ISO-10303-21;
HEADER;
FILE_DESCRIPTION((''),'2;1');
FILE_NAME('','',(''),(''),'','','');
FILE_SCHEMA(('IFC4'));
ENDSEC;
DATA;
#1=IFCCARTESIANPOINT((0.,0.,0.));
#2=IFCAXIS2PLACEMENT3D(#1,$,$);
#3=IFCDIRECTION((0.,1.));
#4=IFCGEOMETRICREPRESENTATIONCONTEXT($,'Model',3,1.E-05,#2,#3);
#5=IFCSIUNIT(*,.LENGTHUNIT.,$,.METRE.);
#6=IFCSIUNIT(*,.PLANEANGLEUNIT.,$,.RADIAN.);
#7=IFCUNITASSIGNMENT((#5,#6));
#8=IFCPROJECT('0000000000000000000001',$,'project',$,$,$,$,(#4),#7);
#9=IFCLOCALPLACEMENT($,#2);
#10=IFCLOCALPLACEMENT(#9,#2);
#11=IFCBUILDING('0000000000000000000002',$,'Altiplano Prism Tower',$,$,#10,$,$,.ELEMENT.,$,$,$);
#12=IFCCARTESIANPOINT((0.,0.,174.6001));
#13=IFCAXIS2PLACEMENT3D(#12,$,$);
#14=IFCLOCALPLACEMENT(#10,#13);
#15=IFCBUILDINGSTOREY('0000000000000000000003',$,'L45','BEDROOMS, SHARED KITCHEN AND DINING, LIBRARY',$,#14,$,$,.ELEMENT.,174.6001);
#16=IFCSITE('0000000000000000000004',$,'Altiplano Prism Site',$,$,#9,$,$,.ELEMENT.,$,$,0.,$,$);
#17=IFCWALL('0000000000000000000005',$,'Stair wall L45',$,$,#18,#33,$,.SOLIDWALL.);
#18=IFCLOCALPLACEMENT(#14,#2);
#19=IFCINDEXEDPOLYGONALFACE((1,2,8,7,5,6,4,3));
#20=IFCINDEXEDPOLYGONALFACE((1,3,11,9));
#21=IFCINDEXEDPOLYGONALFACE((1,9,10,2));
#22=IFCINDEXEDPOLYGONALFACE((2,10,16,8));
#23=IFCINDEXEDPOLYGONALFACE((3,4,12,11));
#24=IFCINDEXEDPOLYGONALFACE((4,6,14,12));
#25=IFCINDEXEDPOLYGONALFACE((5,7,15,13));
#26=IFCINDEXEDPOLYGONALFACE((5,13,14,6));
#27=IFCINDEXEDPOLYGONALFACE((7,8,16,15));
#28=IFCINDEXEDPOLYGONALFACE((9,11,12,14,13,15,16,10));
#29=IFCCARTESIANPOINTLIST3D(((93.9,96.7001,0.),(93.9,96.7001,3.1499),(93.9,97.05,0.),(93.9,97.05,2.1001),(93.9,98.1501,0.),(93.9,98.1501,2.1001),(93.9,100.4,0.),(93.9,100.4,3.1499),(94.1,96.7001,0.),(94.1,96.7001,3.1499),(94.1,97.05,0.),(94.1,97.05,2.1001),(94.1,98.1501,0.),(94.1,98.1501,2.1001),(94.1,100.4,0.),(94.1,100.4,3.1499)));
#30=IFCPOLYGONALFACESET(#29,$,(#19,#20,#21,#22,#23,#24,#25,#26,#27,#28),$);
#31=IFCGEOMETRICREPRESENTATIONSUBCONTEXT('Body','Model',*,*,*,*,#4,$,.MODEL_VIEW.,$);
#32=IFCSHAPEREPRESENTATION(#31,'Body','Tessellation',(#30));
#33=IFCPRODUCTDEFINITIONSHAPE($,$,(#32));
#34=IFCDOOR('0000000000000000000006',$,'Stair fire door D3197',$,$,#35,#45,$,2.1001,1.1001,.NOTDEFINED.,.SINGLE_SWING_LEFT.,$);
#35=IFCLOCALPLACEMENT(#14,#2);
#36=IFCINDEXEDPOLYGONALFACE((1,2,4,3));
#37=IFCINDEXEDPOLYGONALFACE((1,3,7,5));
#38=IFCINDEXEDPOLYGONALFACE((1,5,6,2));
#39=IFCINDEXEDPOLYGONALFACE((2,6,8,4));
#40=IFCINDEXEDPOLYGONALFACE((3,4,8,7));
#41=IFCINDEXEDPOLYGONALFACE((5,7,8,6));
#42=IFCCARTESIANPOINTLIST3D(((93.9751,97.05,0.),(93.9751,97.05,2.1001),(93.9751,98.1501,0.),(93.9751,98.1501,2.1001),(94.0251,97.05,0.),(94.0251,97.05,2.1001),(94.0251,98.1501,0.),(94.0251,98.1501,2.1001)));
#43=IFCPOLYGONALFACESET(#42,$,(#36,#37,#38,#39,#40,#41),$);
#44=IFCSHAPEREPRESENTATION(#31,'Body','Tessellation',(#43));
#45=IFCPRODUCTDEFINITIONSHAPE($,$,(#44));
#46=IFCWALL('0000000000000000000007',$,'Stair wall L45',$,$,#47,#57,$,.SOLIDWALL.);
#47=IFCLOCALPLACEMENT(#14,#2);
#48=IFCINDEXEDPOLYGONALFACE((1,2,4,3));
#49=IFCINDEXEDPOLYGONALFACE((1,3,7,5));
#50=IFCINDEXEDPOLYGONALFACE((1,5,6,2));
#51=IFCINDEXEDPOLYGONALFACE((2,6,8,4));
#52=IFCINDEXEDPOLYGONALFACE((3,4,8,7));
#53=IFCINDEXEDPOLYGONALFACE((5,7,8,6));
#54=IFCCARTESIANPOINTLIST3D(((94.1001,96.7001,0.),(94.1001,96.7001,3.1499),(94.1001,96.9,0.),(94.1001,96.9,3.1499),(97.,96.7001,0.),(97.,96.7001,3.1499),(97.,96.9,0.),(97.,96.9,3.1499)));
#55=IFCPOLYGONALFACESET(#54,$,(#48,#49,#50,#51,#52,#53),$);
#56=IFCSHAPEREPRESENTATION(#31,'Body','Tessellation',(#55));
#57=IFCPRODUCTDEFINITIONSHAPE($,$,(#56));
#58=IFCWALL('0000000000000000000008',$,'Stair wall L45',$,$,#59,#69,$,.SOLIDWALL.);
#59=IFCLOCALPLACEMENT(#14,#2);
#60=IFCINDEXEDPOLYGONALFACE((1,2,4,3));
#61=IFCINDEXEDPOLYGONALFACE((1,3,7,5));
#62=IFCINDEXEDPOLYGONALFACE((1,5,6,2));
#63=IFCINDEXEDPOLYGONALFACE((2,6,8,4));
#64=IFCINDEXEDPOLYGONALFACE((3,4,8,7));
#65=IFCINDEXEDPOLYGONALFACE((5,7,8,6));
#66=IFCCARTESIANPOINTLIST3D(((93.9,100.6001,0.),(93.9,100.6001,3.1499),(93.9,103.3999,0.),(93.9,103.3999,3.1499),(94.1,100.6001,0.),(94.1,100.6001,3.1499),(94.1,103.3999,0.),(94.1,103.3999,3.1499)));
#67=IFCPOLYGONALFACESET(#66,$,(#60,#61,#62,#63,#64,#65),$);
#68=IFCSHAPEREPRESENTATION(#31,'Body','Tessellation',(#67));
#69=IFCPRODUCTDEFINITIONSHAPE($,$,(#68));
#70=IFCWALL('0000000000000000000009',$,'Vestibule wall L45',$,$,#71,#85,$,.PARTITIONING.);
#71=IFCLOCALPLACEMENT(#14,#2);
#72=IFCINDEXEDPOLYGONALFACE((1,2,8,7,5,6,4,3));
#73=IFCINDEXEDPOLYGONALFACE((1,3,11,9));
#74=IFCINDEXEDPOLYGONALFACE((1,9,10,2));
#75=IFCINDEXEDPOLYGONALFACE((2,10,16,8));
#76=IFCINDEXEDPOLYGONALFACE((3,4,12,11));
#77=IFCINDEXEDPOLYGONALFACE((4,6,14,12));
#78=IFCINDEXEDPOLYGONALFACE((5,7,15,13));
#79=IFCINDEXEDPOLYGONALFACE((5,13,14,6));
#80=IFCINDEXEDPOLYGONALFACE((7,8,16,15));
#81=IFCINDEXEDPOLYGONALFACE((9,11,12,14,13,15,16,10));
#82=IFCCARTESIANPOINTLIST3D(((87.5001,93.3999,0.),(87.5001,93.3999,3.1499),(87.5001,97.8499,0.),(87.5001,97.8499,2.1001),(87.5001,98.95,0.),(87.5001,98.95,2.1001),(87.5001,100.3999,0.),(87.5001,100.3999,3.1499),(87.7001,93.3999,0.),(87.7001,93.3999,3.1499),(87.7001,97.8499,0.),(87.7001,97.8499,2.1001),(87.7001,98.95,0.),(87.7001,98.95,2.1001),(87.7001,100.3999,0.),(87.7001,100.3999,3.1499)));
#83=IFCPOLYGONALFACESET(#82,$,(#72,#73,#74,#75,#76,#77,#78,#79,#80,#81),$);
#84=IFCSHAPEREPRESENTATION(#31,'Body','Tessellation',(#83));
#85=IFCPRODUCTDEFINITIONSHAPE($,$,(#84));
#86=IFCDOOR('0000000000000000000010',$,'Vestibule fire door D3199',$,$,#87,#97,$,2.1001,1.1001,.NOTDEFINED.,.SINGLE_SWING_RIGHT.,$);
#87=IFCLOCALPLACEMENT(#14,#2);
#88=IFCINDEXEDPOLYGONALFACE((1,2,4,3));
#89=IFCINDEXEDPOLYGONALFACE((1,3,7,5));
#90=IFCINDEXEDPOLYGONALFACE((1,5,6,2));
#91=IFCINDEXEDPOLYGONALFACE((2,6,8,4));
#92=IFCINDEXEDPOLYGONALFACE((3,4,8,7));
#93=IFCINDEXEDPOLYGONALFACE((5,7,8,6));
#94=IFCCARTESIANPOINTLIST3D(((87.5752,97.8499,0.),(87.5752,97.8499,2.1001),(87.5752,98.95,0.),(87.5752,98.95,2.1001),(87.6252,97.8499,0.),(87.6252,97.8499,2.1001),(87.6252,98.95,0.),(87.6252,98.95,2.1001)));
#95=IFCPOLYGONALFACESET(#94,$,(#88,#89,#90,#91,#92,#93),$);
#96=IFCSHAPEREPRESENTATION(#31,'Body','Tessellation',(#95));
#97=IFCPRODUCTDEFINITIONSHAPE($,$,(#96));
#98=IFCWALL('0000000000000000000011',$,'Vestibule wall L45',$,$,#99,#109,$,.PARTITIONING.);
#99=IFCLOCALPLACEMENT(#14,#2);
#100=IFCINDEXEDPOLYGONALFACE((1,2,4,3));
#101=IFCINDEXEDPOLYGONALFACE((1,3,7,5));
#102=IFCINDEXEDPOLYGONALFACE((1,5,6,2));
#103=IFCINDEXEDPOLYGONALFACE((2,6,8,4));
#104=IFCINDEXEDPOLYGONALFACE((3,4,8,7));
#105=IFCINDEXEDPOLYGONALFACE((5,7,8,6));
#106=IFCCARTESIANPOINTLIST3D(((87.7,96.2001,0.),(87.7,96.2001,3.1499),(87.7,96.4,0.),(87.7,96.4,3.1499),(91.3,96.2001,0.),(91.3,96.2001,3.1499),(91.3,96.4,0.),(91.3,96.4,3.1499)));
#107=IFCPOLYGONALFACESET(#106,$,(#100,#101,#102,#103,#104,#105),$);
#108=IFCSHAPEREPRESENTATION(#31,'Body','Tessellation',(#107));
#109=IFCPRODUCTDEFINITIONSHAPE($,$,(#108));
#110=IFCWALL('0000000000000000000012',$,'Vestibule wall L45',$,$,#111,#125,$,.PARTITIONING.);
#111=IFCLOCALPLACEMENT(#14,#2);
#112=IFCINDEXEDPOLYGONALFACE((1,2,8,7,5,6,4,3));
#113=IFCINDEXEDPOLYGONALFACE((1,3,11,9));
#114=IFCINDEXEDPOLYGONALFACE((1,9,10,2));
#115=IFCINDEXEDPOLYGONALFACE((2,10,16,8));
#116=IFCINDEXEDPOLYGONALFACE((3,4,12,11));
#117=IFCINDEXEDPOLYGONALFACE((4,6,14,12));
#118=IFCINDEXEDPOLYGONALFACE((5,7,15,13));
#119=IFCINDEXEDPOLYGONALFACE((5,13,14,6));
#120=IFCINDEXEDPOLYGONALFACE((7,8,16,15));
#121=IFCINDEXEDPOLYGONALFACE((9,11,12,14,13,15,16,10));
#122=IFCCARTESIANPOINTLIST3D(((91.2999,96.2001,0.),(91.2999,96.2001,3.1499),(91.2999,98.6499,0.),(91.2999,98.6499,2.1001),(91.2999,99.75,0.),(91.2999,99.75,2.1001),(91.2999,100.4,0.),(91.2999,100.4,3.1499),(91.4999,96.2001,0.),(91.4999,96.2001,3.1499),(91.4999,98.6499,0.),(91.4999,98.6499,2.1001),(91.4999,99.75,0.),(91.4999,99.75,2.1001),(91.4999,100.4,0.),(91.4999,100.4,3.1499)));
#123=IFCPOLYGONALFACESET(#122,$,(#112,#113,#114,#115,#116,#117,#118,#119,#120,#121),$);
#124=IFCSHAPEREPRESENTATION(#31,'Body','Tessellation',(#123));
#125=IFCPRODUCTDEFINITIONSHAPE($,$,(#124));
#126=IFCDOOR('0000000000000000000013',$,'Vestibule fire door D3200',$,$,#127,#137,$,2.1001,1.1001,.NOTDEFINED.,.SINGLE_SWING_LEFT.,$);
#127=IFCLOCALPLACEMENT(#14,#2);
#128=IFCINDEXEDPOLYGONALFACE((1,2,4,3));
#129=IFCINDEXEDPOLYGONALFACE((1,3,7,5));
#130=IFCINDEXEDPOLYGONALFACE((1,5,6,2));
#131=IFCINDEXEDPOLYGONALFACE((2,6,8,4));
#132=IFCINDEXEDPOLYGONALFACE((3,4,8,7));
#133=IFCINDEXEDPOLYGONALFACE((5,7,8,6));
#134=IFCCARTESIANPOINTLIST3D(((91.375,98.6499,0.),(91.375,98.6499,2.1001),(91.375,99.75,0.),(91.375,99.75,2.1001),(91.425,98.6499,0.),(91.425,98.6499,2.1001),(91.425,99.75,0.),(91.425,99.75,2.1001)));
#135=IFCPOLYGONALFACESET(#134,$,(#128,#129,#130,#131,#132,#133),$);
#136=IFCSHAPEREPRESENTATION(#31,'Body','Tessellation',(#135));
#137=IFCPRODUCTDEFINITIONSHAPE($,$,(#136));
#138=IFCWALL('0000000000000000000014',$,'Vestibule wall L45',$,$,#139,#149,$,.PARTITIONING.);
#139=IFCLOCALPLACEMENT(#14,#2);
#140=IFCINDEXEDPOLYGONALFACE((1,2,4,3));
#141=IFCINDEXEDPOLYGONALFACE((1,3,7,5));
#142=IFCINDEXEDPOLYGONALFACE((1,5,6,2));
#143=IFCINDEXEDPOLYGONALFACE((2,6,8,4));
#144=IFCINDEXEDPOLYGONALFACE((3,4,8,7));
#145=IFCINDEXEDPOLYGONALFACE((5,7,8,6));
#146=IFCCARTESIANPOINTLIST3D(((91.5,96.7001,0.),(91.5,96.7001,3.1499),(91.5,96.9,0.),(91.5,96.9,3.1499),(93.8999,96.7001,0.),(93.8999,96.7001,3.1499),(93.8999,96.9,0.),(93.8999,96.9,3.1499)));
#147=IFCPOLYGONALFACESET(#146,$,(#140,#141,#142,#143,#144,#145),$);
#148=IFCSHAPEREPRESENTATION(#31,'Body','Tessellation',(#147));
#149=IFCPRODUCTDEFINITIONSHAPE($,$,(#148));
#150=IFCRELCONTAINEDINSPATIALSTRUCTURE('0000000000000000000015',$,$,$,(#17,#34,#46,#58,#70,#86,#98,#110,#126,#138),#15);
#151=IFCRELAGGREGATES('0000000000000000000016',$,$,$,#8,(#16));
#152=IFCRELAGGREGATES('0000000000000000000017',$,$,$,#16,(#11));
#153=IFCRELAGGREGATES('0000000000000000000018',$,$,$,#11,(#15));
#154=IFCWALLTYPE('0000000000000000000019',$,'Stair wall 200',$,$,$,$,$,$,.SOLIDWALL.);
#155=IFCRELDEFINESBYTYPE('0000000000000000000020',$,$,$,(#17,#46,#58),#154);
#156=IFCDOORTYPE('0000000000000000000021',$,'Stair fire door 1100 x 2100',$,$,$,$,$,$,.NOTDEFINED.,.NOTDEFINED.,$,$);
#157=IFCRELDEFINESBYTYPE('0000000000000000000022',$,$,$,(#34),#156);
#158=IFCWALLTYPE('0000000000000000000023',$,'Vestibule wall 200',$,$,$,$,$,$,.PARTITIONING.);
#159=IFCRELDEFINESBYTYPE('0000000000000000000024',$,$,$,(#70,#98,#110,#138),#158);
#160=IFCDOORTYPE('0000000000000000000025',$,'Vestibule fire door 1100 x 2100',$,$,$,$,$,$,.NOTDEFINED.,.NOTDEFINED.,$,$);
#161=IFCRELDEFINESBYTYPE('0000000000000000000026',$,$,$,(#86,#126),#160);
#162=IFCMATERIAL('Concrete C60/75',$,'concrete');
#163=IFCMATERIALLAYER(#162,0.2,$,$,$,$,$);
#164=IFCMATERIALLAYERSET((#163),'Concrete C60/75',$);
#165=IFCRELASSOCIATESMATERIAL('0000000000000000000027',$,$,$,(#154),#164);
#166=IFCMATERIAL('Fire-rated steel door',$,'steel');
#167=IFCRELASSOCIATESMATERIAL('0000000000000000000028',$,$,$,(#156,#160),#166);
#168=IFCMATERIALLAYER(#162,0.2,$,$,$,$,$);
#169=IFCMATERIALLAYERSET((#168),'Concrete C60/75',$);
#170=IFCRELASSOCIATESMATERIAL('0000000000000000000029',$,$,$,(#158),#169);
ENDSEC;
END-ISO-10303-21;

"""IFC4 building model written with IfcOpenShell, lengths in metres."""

from ifc_helpers import new_model, si_unit, direction, frame, frame_2d, origin, place, context, subcontext, project, spatial, rectangle, extrude, material, layer, layer_set, type_object, element, fill, save


model = new_model("IFC4")

# Units and contexts
model_context = context("Model", 3, precision=1e-05, world=origin(), true_north=direction((0.0, 1.0)))
body_context = subcontext(model_context, "Body", "Model", "MODEL_VIEW")
ifc_project = project(units=[si_unit("LENGTHUNIT", "METRE"), si_unit("PLANEANGLEUNIT", "RADIAN")], contexts=[model_context])

# Site, building, storey
site_placement = place(None, origin())
site = spatial("IfcSite", under=ifc_project, at=site_placement, Name="Altiplano Prism Site", CompositionType="ELEMENT", RefElevation=0.0)
building_placement = place(site_placement, origin())
building = spatial("IfcBuilding", under=site, at=building_placement, Name="Altiplano Prism Tower", CompositionType="ELEMENT")
storey_placement = place(building_placement, frame((0.0, 0.0, 174.6001)))
storey = spatial("IfcBuildingStorey", under=building, at=storey_placement, Name="L45", Description="BEDROOMS, SHARED KITCHEN AND DINING, LIBRARY", CompositionType="ELEMENT", Elevation=174.6001)

# Shared definitions
ifc_material_1 = material(Name="Concrete C60/75", Category="concrete")

# Wall, opening, door
ifc_layer_1 = layer(ifc_material_1, 0.2)
ifc_layer_set_1 = layer_set([ifc_layer_1], Name="Concrete C60/75")
wall_type_1 = type_object("IfcWallType", Name="Stair wall 200", PredefinedType="SOLIDWALL", material=ifc_layer_set_1)
wall_1_placement = place(storey_placement, frame((94.0, 96.7, 0.0), z_axis=(0.0, 0.0, 1.0), x_axis=(0.0, 1.0, 0.0)))
wall_1 = element("IfcWall", 1, at=wall_1_placement, inside=storey, type_object=wall_type_1, Name="Stair wall L45", PredefinedType="SOLIDWALL", context=body_context, shape_type="SweptSolid", body=[
    extrude(rectangle(XDim=3.7, YDim=0.2, at=frame_2d((1.8501, 0.0))), origin(), (0.0, 0.0, 1.0), 3.1499),
])
opening_1_placement = place(wall_1_placement, frame((0.3501, 0.0, 0.0)))
opening_1 = element("IfcOpeningElement", 2, at=opening_1_placement, cuts=wall_1, PredefinedType="OPENING", context=body_context, shape_type="SweptSolid", body=[
    extrude(rectangle(XDim=1.1001, YDim=2.1001, at=frame_2d((0.55, 1.05))), frame((0.0, 0.1104, 0.0), z_axis=(0.0, -1.0, 0.0), x_axis=(1.0, 0.0, 0.0)), (0.0, 0.0, 1.0), 0.2209),
])
ifc_material_2 = material(Name="Fire-rated steel door", Category="steel")
door_type_1 = type_object("IfcDoorType", Name="Stair fire door 1100 x 2100", OperationType="NOTDEFINED", PredefinedType="NOTDEFINED", material=ifc_material_2)
door_1_placement = place(opening_1_placement, origin())
door_1 = element("IfcDoor", 3, at=door_1_placement, inside=storey, type_object=door_type_1, Name="Stair fire door D3197", OperationType="SINGLE_SWING_LEFT", OverallHeight=2.1001, OverallWidth=1.1001, PredefinedType="NOTDEFINED", context=body_context, shape_type="SweptSolid", body=[
    extrude(rectangle(XDim=1.1001, YDim=2.1001, at=frame_2d((0.55, 1.05))), frame((0.0, 0.0249, 0.0), z_axis=(0.0, -1.0, 0.0), x_axis=(1.0, 0.0, 0.0)), (0.0, 0.0, 1.0), 0.05),
])
fill(opening_1, door_1)

# Walls
wall_2_placement = place(storey_placement, frame((94.1001, 96.8, 0.0), z_axis=(0.0, 0.0, 1.0), x_axis=(1.0, 0.0, 0.0)))
element("IfcWall", 4, at=wall_2_placement, inside=storey, type_object=wall_type_1, Name="Stair wall L45", PredefinedType="SOLIDWALL", context=body_context, shape_type="SweptSolid", body=[
    extrude(rectangle(XDim=2.8999, YDim=0.2, at=frame_2d((1.45, 0.0))), origin(), (0.0, 0.0, 1.0), 3.1499),
])
wall_3_placement = place(storey_placement, frame((94.0, 100.6001, 0.0), z_axis=(0.0, 0.0, 1.0), x_axis=(0.0, 1.0, 0.0)))
element("IfcWall", 5, at=wall_3_placement, inside=storey, type_object=wall_type_1, Name="Stair wall L45", PredefinedType="SOLIDWALL", context=body_context, shape_type="SweptSolid", body=[
    extrude(rectangle(XDim=2.7998, YDim=0.2, at=frame_2d((1.3999, 0.0))), origin(), (0.0, 0.0, 1.0), 3.1499),
])

# Wall, opening, door
ifc_layer_2 = layer(ifc_material_1, 0.2)
ifc_layer_set_2 = layer_set([ifc_layer_2], Name="Concrete C60/75")
wall_type_2 = type_object("IfcWallType", Name="Vestibule wall 200", PredefinedType="PARTITIONING", material=ifc_layer_set_2)
wall_4_placement = place(storey_placement, frame((87.6001, 93.3999, 0.0), z_axis=(0.0, 0.0, 1.0), x_axis=(0.0, 1.0, 0.0)))
wall_4 = element("IfcWall", 6, at=wall_4_placement, inside=storey, type_object=wall_type_2, Name="Vestibule wall L45", PredefinedType="PARTITIONING", context=body_context, shape_type="SweptSolid", body=[
    extrude(rectangle(XDim=7.0, YDim=0.2, at=frame_2d((3.5, 0.0))), origin(), (0.0, 0.0, 1.0), 3.1499),
])
opening_2_placement = place(wall_4_placement, frame((4.45, 0.0, 0.0)))
opening_2 = element("IfcOpeningElement", 7, at=opening_2_placement, cuts=wall_4, PredefinedType="OPENING", context=body_context, shape_type="SweptSolid", body=[
    extrude(rectangle(XDim=1.1001, YDim=2.1001, at=frame_2d((0.55, 1.05))), frame((0.0, 0.1104, 0.0), z_axis=(0.0, -1.0, 0.0), x_axis=(1.0, 0.0, 0.0)), (0.0, 0.0, 1.0), 0.2209),
])
door_type_2 = type_object("IfcDoorType", Name="Vestibule fire door 1100 x 2100", OperationType="NOTDEFINED", PredefinedType="NOTDEFINED", material=ifc_material_2)
door_2_placement = place(opening_2_placement, origin())
door_2 = element("IfcDoor", 8, at=door_2_placement, inside=storey, type_object=door_type_2, Name="Vestibule fire door D3199", OperationType="SINGLE_SWING_RIGHT", OverallHeight=2.1001, OverallWidth=1.1001, PredefinedType="NOTDEFINED", context=body_context, shape_type="SweptSolid", body=[
    extrude(rectangle(XDim=1.1001, YDim=2.1001, at=frame_2d((0.55, 1.05))), frame((0.0, 0.0249, 0.0), z_axis=(0.0, -1.0, 0.0), x_axis=(1.0, 0.0, 0.0)), (0.0, 0.0, 1.0), 0.05),
])
fill(opening_2, door_2)

# Wall
wall_5_placement = place(storey_placement, frame((87.7, 96.3, 0.0), z_axis=(0.0, 0.0, 1.0), x_axis=(1.0, 0.0, 0.0)))
element("IfcWall", 9, at=wall_5_placement, inside=storey, type_object=wall_type_2, Name="Vestibule wall L45", PredefinedType="PARTITIONING", context=body_context, shape_type="SweptSolid", body=[
    extrude(rectangle(XDim=3.6001, YDim=0.2, at=frame_2d((1.8, 0.0))), origin(), (0.0, 0.0, 1.0), 3.1499),
])

# Wall, opening, door
wall_6_placement = place(storey_placement, frame((91.3999, 96.2, 0.0), z_axis=(0.0, 0.0, 1.0), x_axis=(0.0, 1.0, 0.0)))
wall_6 = element("IfcWall", 10, at=wall_6_placement, inside=storey, type_object=wall_type_2, Name="Vestibule wall L45", PredefinedType="PARTITIONING", context=body_context, shape_type="SweptSolid", body=[
    extrude(rectangle(XDim=4.2, YDim=0.2, at=frame_2d((2.1001, 0.0))), origin(), (0.0, 0.0, 1.0), 3.1499),
])
opening_3_placement = place(wall_6_placement, frame((2.45, 0.0, 0.0)))
opening_3 = element("IfcOpeningElement", 11, at=opening_3_placement, cuts=wall_6, PredefinedType="OPENING", context=body_context, shape_type="SweptSolid", body=[
    extrude(rectangle(XDim=1.1001, YDim=2.1001, at=frame_2d((0.55, 1.05))), frame((0.0, 0.1104, 0.0), z_axis=(0.0, -1.0, 0.0), x_axis=(1.0, 0.0, 0.0)), (0.0, 0.0, 1.0), 0.2209),
])
door_3_placement = place(opening_3_placement, origin())
door_3 = element("IfcDoor", 12, at=door_3_placement, inside=storey, type_object=door_type_2, Name="Vestibule fire door D3200", OperationType="SINGLE_SWING_LEFT", OverallHeight=2.1001, OverallWidth=1.1001, PredefinedType="NOTDEFINED", context=body_context, shape_type="SweptSolid", body=[
    extrude(rectangle(XDim=1.1001, YDim=2.1001, at=frame_2d((0.55, 1.05))), frame((0.0, 0.0249, 0.0), z_axis=(0.0, -1.0, 0.0), x_axis=(1.0, 0.0, 0.0)), (0.0, 0.0, 1.0), 0.05),
])
fill(opening_3, door_3)

# Wall
wall_7_placement = place(storey_placement, frame((91.5, 96.8, 0.0), z_axis=(0.0, 0.0, 1.0), x_axis=(1.0, 0.0, 0.0)))
element("IfcWall", 13, at=wall_7_placement, inside=storey, type_object=wall_type_2, Name="Vestibule wall L45", PredefinedType="PARTITIONING", context=body_context, shape_type="SweptSolid", body=[
    extrude(rectangle(XDim=2.3999, YDim=0.2, at=frame_2d((1.2, 0.0))), origin(), (0.0, 0.0, 1.0), 3.1499),
])

save(model, "model.ifc")
